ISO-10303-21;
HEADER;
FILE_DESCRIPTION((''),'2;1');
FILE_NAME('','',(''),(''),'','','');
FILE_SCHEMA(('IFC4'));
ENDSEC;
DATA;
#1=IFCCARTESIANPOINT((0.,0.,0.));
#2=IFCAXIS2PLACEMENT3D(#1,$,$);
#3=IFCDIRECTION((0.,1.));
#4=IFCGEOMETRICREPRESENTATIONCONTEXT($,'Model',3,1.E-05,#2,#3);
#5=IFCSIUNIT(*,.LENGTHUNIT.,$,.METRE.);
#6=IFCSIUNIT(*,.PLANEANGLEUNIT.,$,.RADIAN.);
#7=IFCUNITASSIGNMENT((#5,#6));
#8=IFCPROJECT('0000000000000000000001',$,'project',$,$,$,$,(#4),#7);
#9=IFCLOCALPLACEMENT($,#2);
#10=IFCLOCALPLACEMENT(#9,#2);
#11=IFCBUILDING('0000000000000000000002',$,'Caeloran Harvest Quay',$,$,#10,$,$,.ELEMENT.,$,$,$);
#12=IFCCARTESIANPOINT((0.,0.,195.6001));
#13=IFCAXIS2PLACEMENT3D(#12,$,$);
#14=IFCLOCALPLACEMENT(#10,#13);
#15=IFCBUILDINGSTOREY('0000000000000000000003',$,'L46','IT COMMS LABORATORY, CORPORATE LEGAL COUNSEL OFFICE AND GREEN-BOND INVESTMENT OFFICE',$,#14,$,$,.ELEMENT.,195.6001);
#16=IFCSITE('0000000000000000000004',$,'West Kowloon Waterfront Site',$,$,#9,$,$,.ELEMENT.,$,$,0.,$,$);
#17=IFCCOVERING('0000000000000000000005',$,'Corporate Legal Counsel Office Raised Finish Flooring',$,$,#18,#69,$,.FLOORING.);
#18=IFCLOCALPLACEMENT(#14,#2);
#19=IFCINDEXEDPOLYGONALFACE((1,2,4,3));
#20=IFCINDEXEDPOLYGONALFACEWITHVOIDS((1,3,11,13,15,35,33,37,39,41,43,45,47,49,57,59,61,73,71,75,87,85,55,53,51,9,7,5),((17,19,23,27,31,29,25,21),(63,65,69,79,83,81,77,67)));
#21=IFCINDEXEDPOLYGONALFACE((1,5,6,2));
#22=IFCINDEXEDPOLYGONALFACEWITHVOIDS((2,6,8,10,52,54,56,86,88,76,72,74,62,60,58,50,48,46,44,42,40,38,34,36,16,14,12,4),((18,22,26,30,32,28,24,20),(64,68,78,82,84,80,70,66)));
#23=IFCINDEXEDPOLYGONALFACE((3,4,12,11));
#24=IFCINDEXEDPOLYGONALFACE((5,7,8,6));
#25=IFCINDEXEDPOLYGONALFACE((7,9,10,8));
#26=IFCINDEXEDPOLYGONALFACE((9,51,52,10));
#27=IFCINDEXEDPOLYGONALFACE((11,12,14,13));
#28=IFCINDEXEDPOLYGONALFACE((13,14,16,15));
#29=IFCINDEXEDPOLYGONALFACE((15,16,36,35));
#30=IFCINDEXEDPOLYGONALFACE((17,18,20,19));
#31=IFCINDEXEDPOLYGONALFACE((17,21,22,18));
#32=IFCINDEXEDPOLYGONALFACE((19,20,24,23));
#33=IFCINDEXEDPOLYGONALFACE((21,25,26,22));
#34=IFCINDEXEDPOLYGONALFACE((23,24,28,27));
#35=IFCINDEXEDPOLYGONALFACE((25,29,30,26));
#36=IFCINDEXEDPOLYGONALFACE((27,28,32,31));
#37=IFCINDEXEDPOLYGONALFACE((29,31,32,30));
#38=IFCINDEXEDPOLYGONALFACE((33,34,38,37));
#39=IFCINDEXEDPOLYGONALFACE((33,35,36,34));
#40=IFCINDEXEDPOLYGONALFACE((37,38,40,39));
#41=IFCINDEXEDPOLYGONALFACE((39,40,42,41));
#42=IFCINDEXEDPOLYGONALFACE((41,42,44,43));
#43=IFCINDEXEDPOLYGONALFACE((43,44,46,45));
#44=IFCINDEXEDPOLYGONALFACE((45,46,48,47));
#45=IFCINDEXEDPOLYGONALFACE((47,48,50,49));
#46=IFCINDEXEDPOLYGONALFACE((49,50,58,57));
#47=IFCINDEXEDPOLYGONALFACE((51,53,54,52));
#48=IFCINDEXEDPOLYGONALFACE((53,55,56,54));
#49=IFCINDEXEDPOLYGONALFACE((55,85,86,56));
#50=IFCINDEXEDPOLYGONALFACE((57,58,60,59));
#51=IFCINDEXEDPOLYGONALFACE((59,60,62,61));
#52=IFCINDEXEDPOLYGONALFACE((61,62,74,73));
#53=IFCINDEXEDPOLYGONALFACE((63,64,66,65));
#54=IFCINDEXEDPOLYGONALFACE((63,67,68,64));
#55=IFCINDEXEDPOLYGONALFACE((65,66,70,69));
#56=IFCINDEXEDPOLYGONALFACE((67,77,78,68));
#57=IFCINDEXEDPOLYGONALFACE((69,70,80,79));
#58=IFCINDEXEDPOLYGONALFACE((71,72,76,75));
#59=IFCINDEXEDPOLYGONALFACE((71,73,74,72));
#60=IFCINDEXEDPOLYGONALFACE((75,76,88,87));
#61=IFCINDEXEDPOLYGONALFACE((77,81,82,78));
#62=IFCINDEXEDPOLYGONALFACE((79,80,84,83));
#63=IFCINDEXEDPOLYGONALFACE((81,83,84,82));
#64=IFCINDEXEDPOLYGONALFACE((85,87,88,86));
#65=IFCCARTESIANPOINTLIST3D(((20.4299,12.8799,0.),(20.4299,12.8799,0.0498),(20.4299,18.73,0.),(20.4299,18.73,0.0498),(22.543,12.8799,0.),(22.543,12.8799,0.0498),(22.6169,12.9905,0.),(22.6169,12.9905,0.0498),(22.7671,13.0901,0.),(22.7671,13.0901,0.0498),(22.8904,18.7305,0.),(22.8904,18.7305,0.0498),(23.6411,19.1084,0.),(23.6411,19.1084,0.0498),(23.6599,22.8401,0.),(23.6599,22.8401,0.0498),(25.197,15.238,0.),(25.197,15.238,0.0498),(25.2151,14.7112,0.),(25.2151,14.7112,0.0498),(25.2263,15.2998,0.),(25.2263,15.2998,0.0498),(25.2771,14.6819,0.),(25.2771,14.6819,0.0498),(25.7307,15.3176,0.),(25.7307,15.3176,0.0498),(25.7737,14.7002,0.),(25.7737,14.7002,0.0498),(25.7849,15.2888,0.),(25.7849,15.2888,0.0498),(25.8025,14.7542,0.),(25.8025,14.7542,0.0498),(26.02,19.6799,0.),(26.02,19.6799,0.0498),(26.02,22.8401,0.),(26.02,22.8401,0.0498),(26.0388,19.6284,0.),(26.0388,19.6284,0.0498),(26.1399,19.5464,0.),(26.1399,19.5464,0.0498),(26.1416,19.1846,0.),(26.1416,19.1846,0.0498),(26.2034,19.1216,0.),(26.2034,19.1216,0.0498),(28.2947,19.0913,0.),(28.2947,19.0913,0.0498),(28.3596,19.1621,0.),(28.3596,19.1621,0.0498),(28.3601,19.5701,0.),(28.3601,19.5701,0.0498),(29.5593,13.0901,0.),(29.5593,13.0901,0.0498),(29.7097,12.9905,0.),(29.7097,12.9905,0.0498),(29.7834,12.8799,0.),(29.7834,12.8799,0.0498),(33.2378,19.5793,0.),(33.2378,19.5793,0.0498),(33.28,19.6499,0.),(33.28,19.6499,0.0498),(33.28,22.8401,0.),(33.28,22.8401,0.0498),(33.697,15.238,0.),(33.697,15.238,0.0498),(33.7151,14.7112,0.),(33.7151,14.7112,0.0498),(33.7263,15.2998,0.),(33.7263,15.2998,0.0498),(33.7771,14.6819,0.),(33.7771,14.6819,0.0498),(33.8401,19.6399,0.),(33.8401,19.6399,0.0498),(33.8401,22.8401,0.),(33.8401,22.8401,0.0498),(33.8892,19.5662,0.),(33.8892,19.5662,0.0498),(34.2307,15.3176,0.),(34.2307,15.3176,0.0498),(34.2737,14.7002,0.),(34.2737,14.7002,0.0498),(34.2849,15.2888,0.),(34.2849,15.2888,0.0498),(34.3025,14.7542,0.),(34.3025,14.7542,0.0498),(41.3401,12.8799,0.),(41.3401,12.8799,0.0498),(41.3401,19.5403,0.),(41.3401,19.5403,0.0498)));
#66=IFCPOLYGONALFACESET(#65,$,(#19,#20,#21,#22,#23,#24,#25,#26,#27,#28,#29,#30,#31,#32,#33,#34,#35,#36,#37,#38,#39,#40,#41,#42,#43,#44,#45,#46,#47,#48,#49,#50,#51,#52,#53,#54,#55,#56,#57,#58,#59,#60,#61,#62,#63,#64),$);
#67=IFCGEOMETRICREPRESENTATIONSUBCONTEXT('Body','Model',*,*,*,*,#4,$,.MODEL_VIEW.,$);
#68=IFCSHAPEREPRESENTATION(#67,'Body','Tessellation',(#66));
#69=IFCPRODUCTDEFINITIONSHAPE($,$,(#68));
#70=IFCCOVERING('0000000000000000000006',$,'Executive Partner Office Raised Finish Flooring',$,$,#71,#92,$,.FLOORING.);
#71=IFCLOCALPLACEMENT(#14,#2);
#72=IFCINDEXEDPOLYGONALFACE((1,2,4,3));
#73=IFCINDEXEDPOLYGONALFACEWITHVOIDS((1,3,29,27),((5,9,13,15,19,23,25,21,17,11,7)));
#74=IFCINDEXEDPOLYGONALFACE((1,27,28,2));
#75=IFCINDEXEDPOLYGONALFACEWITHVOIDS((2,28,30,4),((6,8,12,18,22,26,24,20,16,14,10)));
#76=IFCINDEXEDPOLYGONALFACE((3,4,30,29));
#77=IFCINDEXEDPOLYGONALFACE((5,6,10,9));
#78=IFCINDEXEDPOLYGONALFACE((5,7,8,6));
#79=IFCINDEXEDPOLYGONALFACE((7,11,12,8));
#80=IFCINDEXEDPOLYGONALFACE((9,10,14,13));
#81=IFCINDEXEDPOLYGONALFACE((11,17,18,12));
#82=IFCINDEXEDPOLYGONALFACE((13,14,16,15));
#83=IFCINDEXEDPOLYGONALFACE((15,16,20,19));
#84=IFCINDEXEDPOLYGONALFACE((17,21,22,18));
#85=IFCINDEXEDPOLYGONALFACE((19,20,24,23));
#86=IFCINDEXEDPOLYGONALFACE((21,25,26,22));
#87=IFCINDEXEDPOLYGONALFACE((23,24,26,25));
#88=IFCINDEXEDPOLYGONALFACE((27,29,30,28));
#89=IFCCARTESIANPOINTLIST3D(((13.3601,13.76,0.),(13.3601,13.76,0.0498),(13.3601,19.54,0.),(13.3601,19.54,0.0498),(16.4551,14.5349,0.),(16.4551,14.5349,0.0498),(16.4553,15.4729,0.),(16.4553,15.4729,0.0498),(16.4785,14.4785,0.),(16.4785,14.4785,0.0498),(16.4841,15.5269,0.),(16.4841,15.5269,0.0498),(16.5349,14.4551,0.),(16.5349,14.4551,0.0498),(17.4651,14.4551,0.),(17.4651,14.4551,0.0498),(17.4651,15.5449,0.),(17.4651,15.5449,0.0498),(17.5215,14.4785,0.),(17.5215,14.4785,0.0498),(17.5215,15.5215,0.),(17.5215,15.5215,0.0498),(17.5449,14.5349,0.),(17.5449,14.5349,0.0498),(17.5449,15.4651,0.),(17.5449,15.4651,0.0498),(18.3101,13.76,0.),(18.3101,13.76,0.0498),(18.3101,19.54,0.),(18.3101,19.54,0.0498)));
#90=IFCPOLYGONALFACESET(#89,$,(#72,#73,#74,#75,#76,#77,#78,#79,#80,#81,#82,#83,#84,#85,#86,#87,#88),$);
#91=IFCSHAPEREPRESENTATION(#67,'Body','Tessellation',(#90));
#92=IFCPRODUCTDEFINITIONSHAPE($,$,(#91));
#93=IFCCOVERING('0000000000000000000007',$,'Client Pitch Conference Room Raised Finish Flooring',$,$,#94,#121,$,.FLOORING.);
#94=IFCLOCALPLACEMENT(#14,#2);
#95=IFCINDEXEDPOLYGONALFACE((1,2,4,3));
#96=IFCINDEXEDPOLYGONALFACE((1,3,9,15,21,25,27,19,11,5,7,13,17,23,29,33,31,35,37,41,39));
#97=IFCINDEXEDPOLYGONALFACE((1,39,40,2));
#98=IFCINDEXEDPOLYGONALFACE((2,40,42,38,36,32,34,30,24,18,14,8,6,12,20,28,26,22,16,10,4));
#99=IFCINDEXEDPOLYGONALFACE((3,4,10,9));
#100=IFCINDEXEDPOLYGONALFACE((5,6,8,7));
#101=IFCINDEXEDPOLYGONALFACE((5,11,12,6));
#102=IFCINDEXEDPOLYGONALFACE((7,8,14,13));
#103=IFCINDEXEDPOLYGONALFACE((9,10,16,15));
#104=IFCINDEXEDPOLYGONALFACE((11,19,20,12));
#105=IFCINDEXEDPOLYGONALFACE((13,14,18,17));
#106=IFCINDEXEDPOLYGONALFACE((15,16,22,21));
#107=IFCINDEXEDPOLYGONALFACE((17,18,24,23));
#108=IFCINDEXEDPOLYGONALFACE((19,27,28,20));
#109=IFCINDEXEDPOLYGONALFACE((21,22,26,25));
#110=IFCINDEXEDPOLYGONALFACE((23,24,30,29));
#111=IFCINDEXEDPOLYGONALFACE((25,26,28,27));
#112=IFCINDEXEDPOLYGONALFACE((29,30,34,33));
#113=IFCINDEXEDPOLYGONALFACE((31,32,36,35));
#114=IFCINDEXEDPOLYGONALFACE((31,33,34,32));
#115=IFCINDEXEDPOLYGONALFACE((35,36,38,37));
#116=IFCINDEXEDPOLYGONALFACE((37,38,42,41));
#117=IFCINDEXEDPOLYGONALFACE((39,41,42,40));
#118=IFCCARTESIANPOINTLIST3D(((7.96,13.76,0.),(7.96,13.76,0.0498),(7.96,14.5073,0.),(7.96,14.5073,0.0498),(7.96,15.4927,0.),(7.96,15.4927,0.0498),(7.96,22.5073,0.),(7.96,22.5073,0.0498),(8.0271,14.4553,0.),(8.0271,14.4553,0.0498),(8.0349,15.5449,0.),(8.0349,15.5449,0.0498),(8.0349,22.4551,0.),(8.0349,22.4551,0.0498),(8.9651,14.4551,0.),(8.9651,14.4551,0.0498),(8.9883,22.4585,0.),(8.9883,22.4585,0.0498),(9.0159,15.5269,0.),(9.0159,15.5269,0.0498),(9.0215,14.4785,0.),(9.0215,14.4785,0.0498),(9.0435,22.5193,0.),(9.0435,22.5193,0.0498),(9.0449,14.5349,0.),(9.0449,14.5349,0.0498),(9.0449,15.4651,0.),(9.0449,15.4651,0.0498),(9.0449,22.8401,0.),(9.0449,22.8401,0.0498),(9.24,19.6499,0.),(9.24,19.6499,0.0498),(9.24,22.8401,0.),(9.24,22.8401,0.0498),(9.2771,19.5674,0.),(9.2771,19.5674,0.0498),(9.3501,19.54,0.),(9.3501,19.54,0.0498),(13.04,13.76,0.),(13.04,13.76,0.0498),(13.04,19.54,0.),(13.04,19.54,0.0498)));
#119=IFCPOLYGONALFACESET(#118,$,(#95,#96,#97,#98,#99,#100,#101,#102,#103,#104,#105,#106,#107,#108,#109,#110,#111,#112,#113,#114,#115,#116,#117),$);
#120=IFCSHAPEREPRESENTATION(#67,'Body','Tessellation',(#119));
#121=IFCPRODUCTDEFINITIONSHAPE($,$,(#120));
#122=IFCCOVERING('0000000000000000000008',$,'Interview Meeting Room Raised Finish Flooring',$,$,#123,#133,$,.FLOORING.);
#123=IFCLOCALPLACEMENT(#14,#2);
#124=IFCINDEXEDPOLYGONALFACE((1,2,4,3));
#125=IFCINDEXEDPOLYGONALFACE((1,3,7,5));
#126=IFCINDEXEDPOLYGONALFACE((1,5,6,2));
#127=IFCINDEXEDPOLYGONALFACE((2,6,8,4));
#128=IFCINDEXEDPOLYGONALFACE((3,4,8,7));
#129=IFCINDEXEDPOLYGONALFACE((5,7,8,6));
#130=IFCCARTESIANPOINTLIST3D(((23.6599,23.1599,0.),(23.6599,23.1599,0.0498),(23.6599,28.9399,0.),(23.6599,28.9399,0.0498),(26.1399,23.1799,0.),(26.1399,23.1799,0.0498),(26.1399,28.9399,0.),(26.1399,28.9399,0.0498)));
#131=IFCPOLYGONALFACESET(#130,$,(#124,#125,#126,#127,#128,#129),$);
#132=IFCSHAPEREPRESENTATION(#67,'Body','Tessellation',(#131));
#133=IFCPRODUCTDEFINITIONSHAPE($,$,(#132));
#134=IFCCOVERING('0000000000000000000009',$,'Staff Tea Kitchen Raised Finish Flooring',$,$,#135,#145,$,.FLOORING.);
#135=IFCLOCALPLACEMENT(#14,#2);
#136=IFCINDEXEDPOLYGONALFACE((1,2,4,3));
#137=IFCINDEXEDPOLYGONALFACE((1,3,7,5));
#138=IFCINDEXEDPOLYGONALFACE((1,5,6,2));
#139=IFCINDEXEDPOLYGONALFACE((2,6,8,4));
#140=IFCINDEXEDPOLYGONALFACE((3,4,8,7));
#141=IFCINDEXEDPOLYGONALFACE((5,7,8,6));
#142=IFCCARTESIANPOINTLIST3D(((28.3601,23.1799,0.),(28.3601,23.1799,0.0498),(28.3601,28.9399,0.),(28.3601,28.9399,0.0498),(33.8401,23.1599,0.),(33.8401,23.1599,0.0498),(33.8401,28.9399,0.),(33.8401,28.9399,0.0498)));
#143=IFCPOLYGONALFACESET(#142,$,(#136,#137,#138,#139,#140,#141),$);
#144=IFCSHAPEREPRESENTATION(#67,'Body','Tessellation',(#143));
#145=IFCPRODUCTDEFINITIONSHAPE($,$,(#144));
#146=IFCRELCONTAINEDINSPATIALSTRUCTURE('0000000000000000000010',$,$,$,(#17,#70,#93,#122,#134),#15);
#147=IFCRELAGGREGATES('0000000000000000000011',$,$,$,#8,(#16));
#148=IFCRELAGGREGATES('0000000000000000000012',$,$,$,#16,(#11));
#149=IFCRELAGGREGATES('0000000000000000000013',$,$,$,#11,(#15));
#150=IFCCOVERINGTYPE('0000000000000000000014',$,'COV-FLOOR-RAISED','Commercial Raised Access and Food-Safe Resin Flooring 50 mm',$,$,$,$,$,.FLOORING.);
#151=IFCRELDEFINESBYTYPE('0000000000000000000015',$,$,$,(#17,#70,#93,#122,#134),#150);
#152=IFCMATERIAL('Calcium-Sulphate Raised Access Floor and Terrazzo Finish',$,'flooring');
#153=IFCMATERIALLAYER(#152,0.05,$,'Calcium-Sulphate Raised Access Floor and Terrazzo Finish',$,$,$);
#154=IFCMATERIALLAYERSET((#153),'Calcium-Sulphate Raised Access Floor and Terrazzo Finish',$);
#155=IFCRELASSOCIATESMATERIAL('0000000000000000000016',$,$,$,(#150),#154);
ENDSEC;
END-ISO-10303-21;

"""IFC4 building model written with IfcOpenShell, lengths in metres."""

from ifc_helpers import new_model, si_unit, direction, frame, origin, place, context, subcontext, project, spatial, polyline, outline, extrude, material, layer, layer_set, type_object, element, save


model = new_model("IFC4")

# Units and contexts
model_context = context("Model", 3, precision=1e-05, world=origin(), true_north=direction((0.0, 1.0)))
body_context = subcontext(model_context, "Body", "Model", "MODEL_VIEW")
ifc_project = project(units=[si_unit("LENGTHUNIT", "METRE"), si_unit("PLANEANGLEUNIT", "RADIAN")], contexts=[model_context])

# Site, building, storey
site_placement = place(None, origin())
site = spatial("IfcSite", under=ifc_project, at=site_placement, Name="West Kowloon Waterfront Site", CompositionType="ELEMENT", RefElevation=0.0)
building_placement = place(site_placement, origin())
building = spatial("IfcBuilding", under=site, at=building_placement, Name="Caeloran Harvest Quay", CompositionType="ELEMENT")
storey_placement = place(building_placement, frame((0.0, 0.0, 195.6001)))
storey = spatial("IfcBuildingStorey", under=building, at=storey_placement, Name="L46", Description="IT COMMS LABORATORY, CORPORATE LEGAL COUNSEL OFFICE AND GREEN-BOND INVESTMENT OFFICE", CompositionType="ELEMENT", Elevation=195.6001)

# Coverings
ifc_material_1 = material(Name="Calcium-Sulphate Raised Access Floor and Terrazzo Finish", Category="flooring")
ifc_layer_1 = layer(ifc_material_1, 0.05, Name="Calcium-Sulphate Raised Access Floor and Terrazzo Finish")
ifc_layer_set_1 = layer_set([ifc_layer_1], Name="Calcium-Sulphate Raised Access Floor and Terrazzo Finish")
covering_type_1 = type_object("IfcCoveringType", Name="COV-FLOOR-RAISED", Description="Commercial Raised Access and Food-Safe Resin Flooring 50 mm", PredefinedType="FLOORING", material=ifc_layer_set_1)
covering_1_placement = place(storey_placement, origin())
element("IfcCovering", 1, at=covering_1_placement, inside=storey, type_object=covering_type_1, Name="Corporate Legal Counsel Office Raised Finish Flooring", PredefinedType="FLOORING", context=body_context, shape_type="SweptSolid", body=[
    extrude(outline(polyline([(22.543, 12.8799), (20.4299, 12.8799), (20.4299, 18.73), (22.8904, 18.7305), (23.6411, 19.1084), (23.6599, 22.8401), (26.02, 22.8401), (26.02, 19.6799), (26.0388, 19.6284), (26.1399, 19.5464), (26.1416, 19.1846), (26.2034, 19.1216), (28.2947, 19.0913), (28.3596, 19.1621), (28.3601, 19.5701), (33.2378, 19.5793), (33.28, 19.6499), (33.28, 22.8401), (33.8401, 22.8401), (33.8401, 19.6399), (33.8892, 19.5662), (41.3401, 19.5403), (41.3401, 12.8799), (29.7834, 12.8799), (29.7097, 12.9905), (29.5593, 13.0901), (22.7671, 13.0901), (22.6169, 12.9905), (22.543, 12.8799)]), holes=[polyline([(34.3025, 14.7542), (34.2849, 15.2888), (34.2307, 15.3176), (33.7263, 15.2998), (33.697, 15.238), (33.7151, 14.7112), (33.7771, 14.6819), (34.2737, 14.7002), (34.3025, 14.7542)]), polyline([(25.8025, 14.7542), (25.7849, 15.2888), (25.7307, 15.3176), (25.2263, 15.2998), (25.197, 15.238), (25.2151, 14.7112), (25.2771, 14.6819), (25.7737, 14.7002), (25.8025, 14.7542)])]), origin(), (0.0, 0.0, 1.0), 0.0498),
])
covering_2_placement = place(storey_placement, origin())
element("IfcCovering", 2, at=covering_2_placement, inside=storey, type_object=covering_type_1, Name="Executive Partner Office Raised Finish Flooring", PredefinedType="FLOORING", context=body_context, shape_type="SweptSolid", body=[
    extrude(outline(polyline([(18.3101, 19.54), (18.3101, 13.76), (13.3601, 13.76), (13.3601, 19.54), (18.3101, 19.54)]), holes=[polyline([(17.4651, 15.5449), (16.4841, 15.5269), (16.4553, 15.4729), (16.4551, 14.5349), (16.4785, 14.4785), (16.5349, 14.4551), (17.4651, 14.4551), (17.5215, 14.4785), (17.5449, 14.5349), (17.5449, 15.4651), (17.5215, 15.5215), (17.4651, 15.5449)])]), origin(), (0.0, 0.0, 1.0), 0.0498),
])
covering_3_placement = place(storey_placement, origin())
element("IfcCovering", 3, at=covering_3_placement, inside=storey, type_object=covering_type_1, Name="Client Pitch Conference Room Raised Finish Flooring", PredefinedType="FLOORING", context=body_context, shape_type="SweptSolid", body=[
    extrude(outline(polyline([(7.96, 14.5073), (8.0271, 14.4553), (8.9651, 14.4551), (9.0215, 14.4785), (9.0449, 14.5349), (9.0449, 15.4651), (9.0159, 15.5269), (8.0349, 15.5449), (7.96, 15.4927), (7.96, 22.5073), (8.0349, 22.4551), (8.9883, 22.4585), (9.0435, 22.5193), (9.0449, 22.8401), (9.24, 22.8401), (9.24, 19.6499), (9.2771, 19.5674), (9.3501, 19.54), (13.04, 19.54), (13.04, 13.76), (7.96, 13.76), (7.96, 14.5073)])), origin(), (0.0, 0.0, 1.0), 0.0498),
])
covering_4_placement = place(storey_placement, origin())
element("IfcCovering", 4, at=covering_4_placement, inside=storey, type_object=covering_type_1, Name="Interview Meeting Room Raised Finish Flooring", PredefinedType="FLOORING", context=body_context, shape_type="SweptSolid", body=[
    extrude(outline(polyline([(26.1399, 23.1799), (23.6599, 23.1599), (23.6599, 28.9399), (26.1399, 28.9399), (26.1399, 23.1799)])), origin(), (0.0, 0.0, 1.0), 0.0498),
])
covering_5_placement = place(storey_placement, origin())
element("IfcCovering", 5, at=covering_5_placement, inside=storey, type_object=covering_type_1, Name="Staff Tea Kitchen Raised Finish Flooring", PredefinedType="FLOORING", context=body_context, shape_type="SweptSolid", body=[
    extrude(outline(polyline([(33.8401, 23.1599), (28.3601, 23.1799), (28.3601, 28.9399), (33.8401, 28.9399), (33.8401, 23.1599)])), origin(), (0.0, 0.0, 1.0), 0.0498),
])

save(model, "model.ifc")
